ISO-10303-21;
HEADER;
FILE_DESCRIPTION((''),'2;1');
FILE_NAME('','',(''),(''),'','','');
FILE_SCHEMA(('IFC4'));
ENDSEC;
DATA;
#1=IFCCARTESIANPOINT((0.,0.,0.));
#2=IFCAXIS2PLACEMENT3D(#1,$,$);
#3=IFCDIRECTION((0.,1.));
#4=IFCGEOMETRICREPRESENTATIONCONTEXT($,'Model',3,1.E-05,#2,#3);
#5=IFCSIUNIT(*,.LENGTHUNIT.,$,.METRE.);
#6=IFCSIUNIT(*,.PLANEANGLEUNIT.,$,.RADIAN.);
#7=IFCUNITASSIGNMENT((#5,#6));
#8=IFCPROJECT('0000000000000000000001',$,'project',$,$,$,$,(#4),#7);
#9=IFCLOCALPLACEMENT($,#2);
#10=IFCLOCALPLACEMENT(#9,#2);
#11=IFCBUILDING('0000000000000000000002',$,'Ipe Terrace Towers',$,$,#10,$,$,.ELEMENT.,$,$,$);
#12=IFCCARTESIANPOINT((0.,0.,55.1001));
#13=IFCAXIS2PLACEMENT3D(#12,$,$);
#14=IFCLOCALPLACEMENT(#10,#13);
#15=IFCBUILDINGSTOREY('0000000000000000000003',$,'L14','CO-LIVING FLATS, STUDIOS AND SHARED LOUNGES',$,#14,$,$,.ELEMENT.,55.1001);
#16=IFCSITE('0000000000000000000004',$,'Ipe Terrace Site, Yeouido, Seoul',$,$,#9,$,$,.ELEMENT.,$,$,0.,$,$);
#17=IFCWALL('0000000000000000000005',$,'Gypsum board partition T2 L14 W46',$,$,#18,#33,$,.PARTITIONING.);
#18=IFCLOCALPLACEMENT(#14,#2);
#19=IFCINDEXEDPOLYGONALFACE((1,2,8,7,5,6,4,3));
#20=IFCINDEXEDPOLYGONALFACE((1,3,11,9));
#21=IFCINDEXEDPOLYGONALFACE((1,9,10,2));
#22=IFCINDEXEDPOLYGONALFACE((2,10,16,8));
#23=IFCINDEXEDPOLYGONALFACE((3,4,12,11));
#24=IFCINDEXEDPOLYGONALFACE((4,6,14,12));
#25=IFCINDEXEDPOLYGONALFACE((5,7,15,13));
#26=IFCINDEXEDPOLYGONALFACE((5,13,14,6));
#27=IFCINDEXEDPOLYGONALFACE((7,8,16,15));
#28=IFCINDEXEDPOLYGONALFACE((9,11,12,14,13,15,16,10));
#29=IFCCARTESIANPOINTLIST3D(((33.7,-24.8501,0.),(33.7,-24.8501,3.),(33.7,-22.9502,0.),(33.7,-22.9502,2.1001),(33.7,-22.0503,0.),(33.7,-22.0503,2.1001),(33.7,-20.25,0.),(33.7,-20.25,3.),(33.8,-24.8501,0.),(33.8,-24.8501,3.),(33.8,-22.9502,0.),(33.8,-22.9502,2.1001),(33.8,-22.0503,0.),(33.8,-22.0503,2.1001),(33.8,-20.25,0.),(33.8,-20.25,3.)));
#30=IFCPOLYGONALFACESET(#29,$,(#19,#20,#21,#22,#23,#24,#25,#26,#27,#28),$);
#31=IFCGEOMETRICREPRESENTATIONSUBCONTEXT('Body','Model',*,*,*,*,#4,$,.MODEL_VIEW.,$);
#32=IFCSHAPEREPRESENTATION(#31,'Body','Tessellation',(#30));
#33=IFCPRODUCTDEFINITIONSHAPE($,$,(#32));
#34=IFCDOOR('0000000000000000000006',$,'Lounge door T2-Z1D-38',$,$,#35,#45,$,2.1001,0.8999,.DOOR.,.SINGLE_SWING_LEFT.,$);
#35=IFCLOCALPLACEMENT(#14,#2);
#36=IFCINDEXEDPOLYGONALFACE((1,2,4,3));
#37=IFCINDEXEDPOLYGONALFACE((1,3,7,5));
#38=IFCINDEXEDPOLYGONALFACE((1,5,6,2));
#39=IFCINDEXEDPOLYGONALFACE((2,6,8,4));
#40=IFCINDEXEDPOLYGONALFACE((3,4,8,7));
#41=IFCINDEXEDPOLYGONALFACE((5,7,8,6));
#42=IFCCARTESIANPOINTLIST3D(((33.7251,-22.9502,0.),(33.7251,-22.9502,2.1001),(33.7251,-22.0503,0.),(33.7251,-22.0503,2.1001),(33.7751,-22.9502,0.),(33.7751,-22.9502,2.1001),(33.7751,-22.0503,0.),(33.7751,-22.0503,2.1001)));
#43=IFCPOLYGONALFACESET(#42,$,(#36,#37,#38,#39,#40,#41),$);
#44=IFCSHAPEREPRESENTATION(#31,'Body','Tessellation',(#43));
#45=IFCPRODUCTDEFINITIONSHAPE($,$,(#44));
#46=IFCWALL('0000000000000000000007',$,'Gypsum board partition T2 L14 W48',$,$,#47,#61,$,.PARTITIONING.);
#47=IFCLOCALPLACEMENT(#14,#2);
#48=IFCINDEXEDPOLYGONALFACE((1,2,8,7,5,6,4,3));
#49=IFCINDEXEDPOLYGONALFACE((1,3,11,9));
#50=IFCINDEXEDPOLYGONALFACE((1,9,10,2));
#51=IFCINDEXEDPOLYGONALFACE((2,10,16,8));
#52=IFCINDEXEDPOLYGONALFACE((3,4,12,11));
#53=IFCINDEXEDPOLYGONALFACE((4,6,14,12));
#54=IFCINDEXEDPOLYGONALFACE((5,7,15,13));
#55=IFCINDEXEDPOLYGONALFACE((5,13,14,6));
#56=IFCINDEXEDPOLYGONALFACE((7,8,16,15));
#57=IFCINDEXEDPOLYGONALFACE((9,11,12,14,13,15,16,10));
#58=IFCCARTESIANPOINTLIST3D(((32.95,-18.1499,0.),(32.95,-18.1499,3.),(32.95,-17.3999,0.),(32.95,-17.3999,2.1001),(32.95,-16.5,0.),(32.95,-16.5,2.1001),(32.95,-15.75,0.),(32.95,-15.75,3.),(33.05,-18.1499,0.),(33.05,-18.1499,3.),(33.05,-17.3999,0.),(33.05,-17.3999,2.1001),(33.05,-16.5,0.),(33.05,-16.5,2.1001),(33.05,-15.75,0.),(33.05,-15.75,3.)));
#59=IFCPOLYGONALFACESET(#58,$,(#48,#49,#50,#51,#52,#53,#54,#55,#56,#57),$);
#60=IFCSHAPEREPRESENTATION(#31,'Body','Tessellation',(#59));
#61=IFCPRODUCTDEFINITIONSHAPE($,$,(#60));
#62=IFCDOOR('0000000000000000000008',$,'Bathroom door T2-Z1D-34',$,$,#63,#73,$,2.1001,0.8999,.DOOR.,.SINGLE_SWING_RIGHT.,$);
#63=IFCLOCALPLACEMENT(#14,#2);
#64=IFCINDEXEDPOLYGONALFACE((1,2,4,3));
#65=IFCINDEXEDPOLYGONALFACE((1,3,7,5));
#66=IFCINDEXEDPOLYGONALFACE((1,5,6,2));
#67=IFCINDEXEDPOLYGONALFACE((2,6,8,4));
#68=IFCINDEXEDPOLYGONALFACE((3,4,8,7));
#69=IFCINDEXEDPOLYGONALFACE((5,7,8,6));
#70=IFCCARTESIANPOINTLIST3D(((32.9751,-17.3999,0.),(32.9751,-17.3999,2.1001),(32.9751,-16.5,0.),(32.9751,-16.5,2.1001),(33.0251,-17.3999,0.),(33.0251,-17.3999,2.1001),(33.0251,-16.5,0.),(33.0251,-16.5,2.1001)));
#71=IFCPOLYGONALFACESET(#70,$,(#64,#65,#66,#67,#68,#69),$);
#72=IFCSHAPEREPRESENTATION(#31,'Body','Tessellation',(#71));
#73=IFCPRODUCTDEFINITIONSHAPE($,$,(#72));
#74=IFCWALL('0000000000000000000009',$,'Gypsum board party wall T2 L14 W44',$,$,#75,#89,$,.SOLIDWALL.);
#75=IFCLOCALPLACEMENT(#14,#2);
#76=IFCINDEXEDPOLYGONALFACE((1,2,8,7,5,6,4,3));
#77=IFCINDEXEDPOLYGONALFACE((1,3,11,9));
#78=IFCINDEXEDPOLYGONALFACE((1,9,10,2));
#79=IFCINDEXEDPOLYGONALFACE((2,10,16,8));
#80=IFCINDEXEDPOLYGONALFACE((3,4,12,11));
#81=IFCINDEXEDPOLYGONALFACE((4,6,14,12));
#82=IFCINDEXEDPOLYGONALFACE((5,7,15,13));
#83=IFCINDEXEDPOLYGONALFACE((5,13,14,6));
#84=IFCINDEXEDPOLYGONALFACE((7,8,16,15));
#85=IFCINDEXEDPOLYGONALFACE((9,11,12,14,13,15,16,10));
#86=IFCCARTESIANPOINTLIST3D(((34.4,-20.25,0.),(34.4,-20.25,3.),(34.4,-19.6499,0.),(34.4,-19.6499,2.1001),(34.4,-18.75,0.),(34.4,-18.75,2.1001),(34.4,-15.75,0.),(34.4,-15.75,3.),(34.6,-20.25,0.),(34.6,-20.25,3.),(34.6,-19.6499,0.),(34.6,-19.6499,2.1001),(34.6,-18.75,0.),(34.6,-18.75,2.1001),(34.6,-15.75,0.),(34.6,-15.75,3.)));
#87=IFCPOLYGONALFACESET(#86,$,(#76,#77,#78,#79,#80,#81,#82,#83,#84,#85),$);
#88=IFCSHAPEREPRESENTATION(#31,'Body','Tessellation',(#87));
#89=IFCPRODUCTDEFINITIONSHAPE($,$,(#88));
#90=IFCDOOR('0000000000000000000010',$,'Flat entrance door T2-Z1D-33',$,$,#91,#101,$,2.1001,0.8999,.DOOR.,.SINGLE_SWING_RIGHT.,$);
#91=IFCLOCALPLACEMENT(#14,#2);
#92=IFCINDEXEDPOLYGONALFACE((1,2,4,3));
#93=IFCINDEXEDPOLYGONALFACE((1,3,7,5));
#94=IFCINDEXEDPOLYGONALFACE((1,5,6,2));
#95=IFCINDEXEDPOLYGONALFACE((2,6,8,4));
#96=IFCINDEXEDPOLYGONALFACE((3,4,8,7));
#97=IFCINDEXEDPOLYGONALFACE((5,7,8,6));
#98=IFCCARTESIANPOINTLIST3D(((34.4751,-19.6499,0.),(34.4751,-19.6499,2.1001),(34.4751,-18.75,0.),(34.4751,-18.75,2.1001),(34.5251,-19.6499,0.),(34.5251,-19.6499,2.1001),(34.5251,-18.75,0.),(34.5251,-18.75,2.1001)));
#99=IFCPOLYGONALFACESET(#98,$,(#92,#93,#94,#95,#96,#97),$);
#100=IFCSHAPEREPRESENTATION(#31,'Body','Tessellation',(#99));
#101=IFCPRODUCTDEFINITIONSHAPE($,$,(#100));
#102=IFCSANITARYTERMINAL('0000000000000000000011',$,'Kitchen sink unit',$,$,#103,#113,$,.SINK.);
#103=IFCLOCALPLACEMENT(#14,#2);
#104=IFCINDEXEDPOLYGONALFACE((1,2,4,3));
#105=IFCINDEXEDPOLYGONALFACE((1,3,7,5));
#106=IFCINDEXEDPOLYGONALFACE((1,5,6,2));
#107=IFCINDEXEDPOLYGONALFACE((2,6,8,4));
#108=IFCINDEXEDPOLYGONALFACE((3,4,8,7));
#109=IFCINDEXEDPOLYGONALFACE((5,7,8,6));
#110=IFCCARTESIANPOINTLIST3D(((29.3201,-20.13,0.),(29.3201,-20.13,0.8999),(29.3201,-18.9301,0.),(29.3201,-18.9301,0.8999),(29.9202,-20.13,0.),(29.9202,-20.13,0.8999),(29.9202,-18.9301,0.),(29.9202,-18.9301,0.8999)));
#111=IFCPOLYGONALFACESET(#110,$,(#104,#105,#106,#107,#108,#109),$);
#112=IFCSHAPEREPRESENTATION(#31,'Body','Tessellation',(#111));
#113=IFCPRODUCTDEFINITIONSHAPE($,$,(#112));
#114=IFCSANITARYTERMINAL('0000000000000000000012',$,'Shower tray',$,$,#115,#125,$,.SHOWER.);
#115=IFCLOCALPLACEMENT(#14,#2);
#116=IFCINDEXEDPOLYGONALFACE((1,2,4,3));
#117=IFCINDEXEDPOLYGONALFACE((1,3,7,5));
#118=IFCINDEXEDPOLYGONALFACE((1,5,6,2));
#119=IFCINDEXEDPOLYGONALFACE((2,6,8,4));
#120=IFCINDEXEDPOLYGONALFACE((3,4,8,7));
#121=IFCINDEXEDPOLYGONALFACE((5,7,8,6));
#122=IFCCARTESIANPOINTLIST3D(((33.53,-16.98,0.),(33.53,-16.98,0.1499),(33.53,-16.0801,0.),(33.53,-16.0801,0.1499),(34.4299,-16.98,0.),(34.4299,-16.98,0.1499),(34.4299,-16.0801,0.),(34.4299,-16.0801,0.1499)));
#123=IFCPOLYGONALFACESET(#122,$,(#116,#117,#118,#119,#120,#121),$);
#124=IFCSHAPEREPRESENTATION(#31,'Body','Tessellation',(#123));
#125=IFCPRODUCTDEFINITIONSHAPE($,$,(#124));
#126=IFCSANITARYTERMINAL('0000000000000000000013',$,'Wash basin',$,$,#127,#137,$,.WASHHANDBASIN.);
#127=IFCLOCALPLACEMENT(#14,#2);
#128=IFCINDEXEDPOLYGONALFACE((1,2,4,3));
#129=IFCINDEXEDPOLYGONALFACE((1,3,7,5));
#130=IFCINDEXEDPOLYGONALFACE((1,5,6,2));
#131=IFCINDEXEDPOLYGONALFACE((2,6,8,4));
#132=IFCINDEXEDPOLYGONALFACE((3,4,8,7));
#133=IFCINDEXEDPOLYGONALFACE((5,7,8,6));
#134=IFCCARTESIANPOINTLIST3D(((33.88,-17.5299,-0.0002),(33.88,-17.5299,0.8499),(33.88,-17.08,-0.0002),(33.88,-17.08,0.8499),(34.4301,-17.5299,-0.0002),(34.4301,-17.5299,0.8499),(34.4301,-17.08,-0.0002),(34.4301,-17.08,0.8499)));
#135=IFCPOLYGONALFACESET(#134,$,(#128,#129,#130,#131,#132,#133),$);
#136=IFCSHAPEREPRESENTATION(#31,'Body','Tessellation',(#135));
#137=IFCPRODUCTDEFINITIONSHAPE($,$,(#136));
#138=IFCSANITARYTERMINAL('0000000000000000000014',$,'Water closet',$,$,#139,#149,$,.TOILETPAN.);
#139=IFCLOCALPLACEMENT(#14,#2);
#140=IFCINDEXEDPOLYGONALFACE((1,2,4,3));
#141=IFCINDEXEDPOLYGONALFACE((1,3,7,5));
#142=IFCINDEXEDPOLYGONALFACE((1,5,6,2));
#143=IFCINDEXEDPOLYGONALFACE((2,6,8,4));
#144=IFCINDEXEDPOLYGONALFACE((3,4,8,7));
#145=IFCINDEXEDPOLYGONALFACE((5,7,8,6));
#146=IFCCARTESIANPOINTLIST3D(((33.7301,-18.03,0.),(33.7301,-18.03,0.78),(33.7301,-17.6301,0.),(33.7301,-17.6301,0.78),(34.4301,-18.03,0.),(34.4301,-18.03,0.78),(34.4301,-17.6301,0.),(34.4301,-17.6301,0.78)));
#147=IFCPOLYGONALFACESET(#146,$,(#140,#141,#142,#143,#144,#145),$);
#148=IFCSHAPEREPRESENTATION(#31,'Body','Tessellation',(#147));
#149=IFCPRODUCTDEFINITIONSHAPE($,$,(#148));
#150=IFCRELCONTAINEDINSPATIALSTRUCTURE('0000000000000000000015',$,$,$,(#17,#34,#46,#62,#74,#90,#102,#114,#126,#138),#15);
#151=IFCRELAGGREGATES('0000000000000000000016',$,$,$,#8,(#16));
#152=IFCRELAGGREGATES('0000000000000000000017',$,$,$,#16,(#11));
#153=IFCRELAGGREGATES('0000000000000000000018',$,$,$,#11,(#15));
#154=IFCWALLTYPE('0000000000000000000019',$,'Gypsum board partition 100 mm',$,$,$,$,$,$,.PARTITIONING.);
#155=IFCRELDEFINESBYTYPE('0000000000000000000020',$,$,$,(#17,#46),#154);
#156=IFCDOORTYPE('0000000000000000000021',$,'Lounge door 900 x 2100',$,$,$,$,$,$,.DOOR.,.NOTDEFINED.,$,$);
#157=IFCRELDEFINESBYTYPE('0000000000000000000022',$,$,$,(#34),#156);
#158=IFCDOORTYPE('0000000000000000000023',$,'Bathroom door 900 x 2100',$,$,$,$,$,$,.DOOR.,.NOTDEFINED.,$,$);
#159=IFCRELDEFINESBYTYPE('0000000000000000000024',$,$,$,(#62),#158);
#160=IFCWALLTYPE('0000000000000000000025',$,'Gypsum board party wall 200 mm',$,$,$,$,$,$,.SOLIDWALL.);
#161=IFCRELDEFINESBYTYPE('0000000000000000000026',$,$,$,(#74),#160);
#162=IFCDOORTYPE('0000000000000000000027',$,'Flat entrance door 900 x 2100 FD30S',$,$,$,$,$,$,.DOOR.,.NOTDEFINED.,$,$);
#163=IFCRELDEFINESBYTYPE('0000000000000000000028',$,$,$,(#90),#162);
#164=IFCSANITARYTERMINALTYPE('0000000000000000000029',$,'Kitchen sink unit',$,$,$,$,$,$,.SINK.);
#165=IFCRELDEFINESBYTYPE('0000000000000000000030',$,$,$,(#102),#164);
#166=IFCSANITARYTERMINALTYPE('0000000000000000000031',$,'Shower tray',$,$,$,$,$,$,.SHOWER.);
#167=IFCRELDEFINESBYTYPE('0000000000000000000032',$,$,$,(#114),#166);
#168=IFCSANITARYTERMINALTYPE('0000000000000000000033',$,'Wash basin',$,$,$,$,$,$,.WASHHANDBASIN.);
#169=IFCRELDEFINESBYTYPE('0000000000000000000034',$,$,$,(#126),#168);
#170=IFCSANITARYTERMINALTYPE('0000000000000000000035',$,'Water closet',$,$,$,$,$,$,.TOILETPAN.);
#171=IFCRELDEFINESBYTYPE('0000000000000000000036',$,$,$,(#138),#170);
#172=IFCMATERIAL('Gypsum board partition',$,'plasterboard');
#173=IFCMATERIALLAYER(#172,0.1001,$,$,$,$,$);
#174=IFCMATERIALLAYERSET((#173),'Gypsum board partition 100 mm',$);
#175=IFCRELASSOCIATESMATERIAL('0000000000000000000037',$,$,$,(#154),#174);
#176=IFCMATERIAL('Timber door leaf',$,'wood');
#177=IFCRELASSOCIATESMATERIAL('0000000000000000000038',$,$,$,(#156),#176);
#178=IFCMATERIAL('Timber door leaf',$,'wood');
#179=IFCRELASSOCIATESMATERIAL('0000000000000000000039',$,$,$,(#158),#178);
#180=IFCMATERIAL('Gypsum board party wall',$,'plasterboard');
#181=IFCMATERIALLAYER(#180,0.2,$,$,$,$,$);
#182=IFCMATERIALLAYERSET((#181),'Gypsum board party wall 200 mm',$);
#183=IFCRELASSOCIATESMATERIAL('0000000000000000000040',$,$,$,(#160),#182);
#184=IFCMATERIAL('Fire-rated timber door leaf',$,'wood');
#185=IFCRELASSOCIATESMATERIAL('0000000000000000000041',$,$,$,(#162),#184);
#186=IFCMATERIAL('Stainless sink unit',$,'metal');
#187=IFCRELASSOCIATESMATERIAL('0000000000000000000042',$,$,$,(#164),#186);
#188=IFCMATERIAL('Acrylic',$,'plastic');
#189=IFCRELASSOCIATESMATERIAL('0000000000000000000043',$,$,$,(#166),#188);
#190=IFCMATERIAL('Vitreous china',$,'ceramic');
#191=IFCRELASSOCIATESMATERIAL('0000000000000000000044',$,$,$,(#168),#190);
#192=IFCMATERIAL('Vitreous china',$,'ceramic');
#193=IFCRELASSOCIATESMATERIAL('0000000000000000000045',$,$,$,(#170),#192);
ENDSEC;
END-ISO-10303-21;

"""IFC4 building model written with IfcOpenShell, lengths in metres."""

from ifc_helpers import new_model, si_unit, direction, frame, frame_2d, origin, origin_2d, place, context, subcontext, project, spatial, rectangle, extrude, material, layer, layer_set, type_object, element, fill, save


model = new_model("IFC4")

# Units and contexts
model_context = context("Model", 3, precision=1e-05, world=origin(), true_north=direction((0.0, 1.0)))
body_context = subcontext(model_context, "Body", "Model", "MODEL_VIEW")
ifc_project = project(units=[si_unit("LENGTHUNIT", "METRE"), si_unit("PLANEANGLEUNIT", "RADIAN")], contexts=[model_context])

# Site, building, storey
site_placement = place(None, origin())
site = spatial("IfcSite", under=ifc_project, at=site_placement, Name="Ipe Terrace Site, Yeouido, Seoul", CompositionType="ELEMENT", RefElevation=0.0)
building_placement = place(site_placement, origin())
building = spatial("IfcBuilding", under=site, at=building_placement, Name="Ipe Terrace Towers", CompositionType="ELEMENT")
storey_placement = place(building_placement, frame((0.0, 0.0, 55.1001)))
storey = spatial("IfcBuildingStorey", under=building, at=storey_placement, Name="L14", Description="CO-LIVING FLATS, STUDIOS AND SHARED LOUNGES", CompositionType="ELEMENT", Elevation=55.1001)

# Shared definitions
ifc_material_1 = material(Name="Gypsum board partition", Category="plasterboard")
ifc_layer_1 = layer(ifc_material_1, 0.1001)
ifc_layer_set_1 = layer_set([ifc_layer_1], Name="Gypsum board partition 100 mm")
wall_type_1 = type_object("IfcWallType", Name="Gypsum board partition 100 mm", PredefinedType="PARTITIONING", material=ifc_layer_set_1)

# Walls, openings, doors
wall_1_placement = place(storey_placement, frame((33.75, -24.8501, 0.0), z_axis=(0.0, 0.0, 1.0), x_axis=(0.0, 1.0, 0.0)))
wall_1 = element("IfcWall", 1, at=wall_1_placement, inside=storey, type_object=wall_type_1, Name="Gypsum board partition T2 L14 W46", PredefinedType="PARTITIONING", context=body_context, shape_type="SweptSolid", body=[
    extrude(rectangle(XDim=4.6001, YDim=0.1001, at=frame_2d((2.3, 0.0))), origin(), (0.0, 0.0, 1.0), 3.0),
])
opening_1_placement = place(wall_1_placement, frame((1.8999, 0.0, 0.0)))
opening_1 = element("IfcOpeningElement", 2, at=opening_1_placement, cuts=wall_1, PredefinedType="OPENING", context=body_context, shape_type="SweptSolid", body=[
    extrude(rectangle(XDim=0.8999, YDim=2.1001, at=frame_2d((0.45, 1.05))), frame((0.0, 0.0601, 0.0), z_axis=(0.0, -1.0, 0.0), x_axis=(1.0, 0.0, 0.0)), (0.0, 0.0, 1.0), 0.1201),
])
ifc_material_2 = material(Name="Timber door leaf", Category="wood")
door_type_1 = type_object("IfcDoorType", Name="Lounge door 900 x 2100", OperationType="NOTDEFINED", PredefinedType="DOOR", material=ifc_material_2)
door_1_placement = place(opening_1_placement, origin())
door_1 = element("IfcDoor", 3, at=door_1_placement, inside=storey, type_object=door_type_1, Name="Lounge door T2-Z1D-38", OperationType="SINGLE_SWING_LEFT", OverallHeight=2.1001, OverallWidth=0.8999, PredefinedType="DOOR", context=body_context, shape_type="SweptSolid", body=[
    extrude(rectangle(XDim=0.8999, YDim=2.1001, at=frame_2d((0.45, 1.05))), frame((0.0, 0.0249, 0.0), z_axis=(0.0, -1.0, 0.0), x_axis=(1.0, 0.0, 0.0)), (0.0, 0.0, 1.0), 0.05),
])
fill(opening_1, door_1)
wall_2_placement = place(storey_placement, frame((33.0, -18.1499, 0.0), z_axis=(0.0, 0.0, 1.0), x_axis=(0.0, 1.0, 0.0)))
wall_2 = element("IfcWall", 4, at=wall_2_placement, inside=storey, type_object=wall_type_1, Name="Gypsum board partition T2 L14 W48", PredefinedType="PARTITIONING", context=body_context, shape_type="SweptSolid", body=[
    extrude(rectangle(XDim=2.3999, YDim=0.1001, at=frame_2d((1.2, 0.0))), origin(), (0.0, 0.0, 1.0), 3.0),
])
opening_2_placement = place(wall_2_placement, frame((0.75, 0.0, 0.0)))
opening_2 = element("IfcOpeningElement", 5, at=opening_2_placement, cuts=wall_2, PredefinedType="OPENING", context=body_context, shape_type="SweptSolid", body=[
    extrude(rectangle(XDim=0.8999, YDim=2.1001, at=frame_2d((0.45, 1.05))), frame((0.0, 0.0601, 0.0), z_axis=(0.0, -1.0, 0.0), x_axis=(1.0, 0.0, 0.0)), (0.0, 0.0, 1.0), 0.1201),
])
ifc_material_3 = material(Name="Timber door leaf", Category="wood")
door_type_2 = type_object("IfcDoorType", Name="Bathroom door 900 x 2100", OperationType="NOTDEFINED", PredefinedType="DOOR", material=ifc_material_3)
door_2_placement = place(opening_2_placement, origin())
door_2 = element("IfcDoor", 6, at=door_2_placement, inside=storey, type_object=door_type_2, Name="Bathroom door T2-Z1D-34", OperationType="SINGLE_SWING_RIGHT", OverallHeight=2.1001, OverallWidth=0.8999, PredefinedType="DOOR", context=body_context, shape_type="SweptSolid", body=[
    extrude(rectangle(XDim=0.8999, YDim=2.1001, at=frame_2d((0.45, 1.05))), frame((0.0, 0.0249, 0.0), z_axis=(0.0, -1.0, 0.0), x_axis=(1.0, 0.0, 0.0)), (0.0, 0.0, 1.0), 0.05),
])
fill(opening_2, door_2)
ifc_material_4 = material(Name="Gypsum board party wall", Category="plasterboard")
ifc_layer_2 = layer(ifc_material_4, 0.2)
ifc_layer_set_2 = layer_set([ifc_layer_2], Name="Gypsum board party wall 200 mm")
wall_type_2 = type_object("IfcWallType", Name="Gypsum board party wall 200 mm", PredefinedType="SOLIDWALL", material=ifc_layer_set_2)
wall_3_placement = place(storey_placement, frame((34.5, -20.25, 0.0), z_axis=(0.0, 0.0, 1.0), x_axis=(0.0, 1.0, 0.0)))
wall_3 = element("IfcWall", 7, at=wall_3_placement, inside=storey, type_object=wall_type_2, Name="Gypsum board party wall T2 L14 W44", PredefinedType="SOLIDWALL", context=body_context, shape_type="SweptSolid", body=[
    extrude(rectangle(XDim=4.5, YDim=0.2, at=frame_2d((2.25, 0.0))), origin(), (0.0, 0.0, 1.0), 3.0),
])
opening_3_placement = place(wall_3_placement, frame((0.6001, 0.0, 0.0)))
opening_3 = element("IfcOpeningElement", 8, at=opening_3_placement, cuts=wall_3, PredefinedType="OPENING", context=body_context, shape_type="SweptSolid", body=[
    extrude(rectangle(XDim=0.8999, YDim=2.1001, at=frame_2d((0.45, 1.05))), frame((0.0, 0.1099, 0.0), z_axis=(0.0, -1.0, 0.0), x_axis=(1.0, 0.0, 0.0)), (0.0, 0.0, 1.0), 0.22),
])
ifc_material_5 = material(Name="Fire-rated timber door leaf", Category="wood")
door_type_3 = type_object("IfcDoorType", Name="Flat entrance door 900 x 2100 FD30S", OperationType="NOTDEFINED", PredefinedType="DOOR", material=ifc_material_5)
door_3_placement = place(opening_3_placement, origin())
door_3 = element("IfcDoor", 9, at=door_3_placement, inside=storey, type_object=door_type_3, Name="Flat entrance door T2-Z1D-33", OperationType="SINGLE_SWING_RIGHT", OverallHeight=2.1001, OverallWidth=0.8999, PredefinedType="DOOR", context=body_context, shape_type="SweptSolid", body=[
    extrude(rectangle(XDim=0.8999, YDim=2.1001, at=frame_2d((0.45, 1.05))), frame((0.0, 0.0249, 0.0), z_axis=(0.0, -1.0, 0.0), x_axis=(1.0, 0.0, 0.0)), (0.0, 0.0, 1.0), 0.05),
])
fill(opening_3, door_3)

# Sanitary terminals
ifc_material_6 = material(Name="Stainless sink unit", Category="metal")
sanitary_terminal_type_1 = type_object("IfcSanitaryTerminalType", Name="Kitchen sink unit", PredefinedType="SINK", material=ifc_material_6)
sanitary_terminal_1_placement = place(storey_placement, frame((29.6201, -19.53, 0.0), z_axis=(0.0, 0.0, 1.0), x_axis=(0.0, 1.0, 0.0)))
element("IfcSanitaryTerminal", 10, at=sanitary_terminal_1_placement, inside=storey, type_object=sanitary_terminal_type_1, Name="Kitchen sink unit", PredefinedType="SINK", context=body_context, shape_type="SweptSolid", body=[
    extrude(rectangle(XDim=1.2, YDim=0.6001, at=origin_2d()), origin(), (0.0, 0.0, 1.0), 0.8999),
])
ifc_material_7 = material(Name="Acrylic", Category="plastic")
sanitary_terminal_type_2 = type_object("IfcSanitaryTerminalType", Name="Shower tray", PredefinedType="SHOWER", material=ifc_material_7)
sanitary_terminal_2_placement = place(storey_placement, frame((33.98, -16.53, 0.0), z_axis=(0.0, 0.0, 1.0), x_axis=(-1.0, 0.0, 0.0)))
element("IfcSanitaryTerminal", 11, at=sanitary_terminal_2_placement, inside=storey, type_object=sanitary_terminal_type_2, Name="Shower tray", PredefinedType="SHOWER", context=body_context, shape_type="SweptSolid", body=[
    extrude(rectangle(XDim=0.8999, YDim=0.8999, at=origin_2d()), origin(), (0.0, 0.0, 1.0), 0.1499),
])
ifc_material_8 = material(Name="Vitreous china", Category="ceramic")
sanitary_terminal_type_3 = type_object("IfcSanitaryTerminalType", Name="Wash basin", PredefinedType="WASHHANDBASIN", material=ifc_material_8)
sanitary_terminal_3_placement = place(storey_placement, frame((34.155, -17.3049, -0.0002), z_axis=(0.0, 0.0, 1.0), x_axis=(-1.0, 0.0, 0.0)))
element("IfcSanitaryTerminal", 12, at=sanitary_terminal_3_placement, inside=storey, type_object=sanitary_terminal_type_3, Name="Wash basin", PredefinedType="WASHHANDBASIN", context=body_context, shape_type="SweptSolid", body=[
    extrude(rectangle(XDim=0.55, YDim=0.45, at=origin_2d()), origin(), (0.0, 0.0, 1.0), 0.8501),
])
ifc_material_9 = material(Name="Vitreous china", Category="ceramic")
sanitary_terminal_type_4 = type_object("IfcSanitaryTerminalType", Name="Water closet", PredefinedType="TOILETPAN", material=ifc_material_9)
sanitary_terminal_4_placement = place(storey_placement, frame((34.0801, -17.8301, 0.0), z_axis=(0.0, 0.0, 1.0), x_axis=(-1.0, 0.0, 0.0)))
element("IfcSanitaryTerminal", 13, at=sanitary_terminal_4_placement, inside=storey, type_object=sanitary_terminal_type_4, Name="Water closet", PredefinedType="TOILETPAN", context=body_context, shape_type="SweptSolid", body=[
    extrude(rectangle(XDim=0.7, YDim=0.3999, at=origin_2d()), origin(), (0.0, 0.0, 1.0), 0.78),
])

save(model, "model.ifc")
